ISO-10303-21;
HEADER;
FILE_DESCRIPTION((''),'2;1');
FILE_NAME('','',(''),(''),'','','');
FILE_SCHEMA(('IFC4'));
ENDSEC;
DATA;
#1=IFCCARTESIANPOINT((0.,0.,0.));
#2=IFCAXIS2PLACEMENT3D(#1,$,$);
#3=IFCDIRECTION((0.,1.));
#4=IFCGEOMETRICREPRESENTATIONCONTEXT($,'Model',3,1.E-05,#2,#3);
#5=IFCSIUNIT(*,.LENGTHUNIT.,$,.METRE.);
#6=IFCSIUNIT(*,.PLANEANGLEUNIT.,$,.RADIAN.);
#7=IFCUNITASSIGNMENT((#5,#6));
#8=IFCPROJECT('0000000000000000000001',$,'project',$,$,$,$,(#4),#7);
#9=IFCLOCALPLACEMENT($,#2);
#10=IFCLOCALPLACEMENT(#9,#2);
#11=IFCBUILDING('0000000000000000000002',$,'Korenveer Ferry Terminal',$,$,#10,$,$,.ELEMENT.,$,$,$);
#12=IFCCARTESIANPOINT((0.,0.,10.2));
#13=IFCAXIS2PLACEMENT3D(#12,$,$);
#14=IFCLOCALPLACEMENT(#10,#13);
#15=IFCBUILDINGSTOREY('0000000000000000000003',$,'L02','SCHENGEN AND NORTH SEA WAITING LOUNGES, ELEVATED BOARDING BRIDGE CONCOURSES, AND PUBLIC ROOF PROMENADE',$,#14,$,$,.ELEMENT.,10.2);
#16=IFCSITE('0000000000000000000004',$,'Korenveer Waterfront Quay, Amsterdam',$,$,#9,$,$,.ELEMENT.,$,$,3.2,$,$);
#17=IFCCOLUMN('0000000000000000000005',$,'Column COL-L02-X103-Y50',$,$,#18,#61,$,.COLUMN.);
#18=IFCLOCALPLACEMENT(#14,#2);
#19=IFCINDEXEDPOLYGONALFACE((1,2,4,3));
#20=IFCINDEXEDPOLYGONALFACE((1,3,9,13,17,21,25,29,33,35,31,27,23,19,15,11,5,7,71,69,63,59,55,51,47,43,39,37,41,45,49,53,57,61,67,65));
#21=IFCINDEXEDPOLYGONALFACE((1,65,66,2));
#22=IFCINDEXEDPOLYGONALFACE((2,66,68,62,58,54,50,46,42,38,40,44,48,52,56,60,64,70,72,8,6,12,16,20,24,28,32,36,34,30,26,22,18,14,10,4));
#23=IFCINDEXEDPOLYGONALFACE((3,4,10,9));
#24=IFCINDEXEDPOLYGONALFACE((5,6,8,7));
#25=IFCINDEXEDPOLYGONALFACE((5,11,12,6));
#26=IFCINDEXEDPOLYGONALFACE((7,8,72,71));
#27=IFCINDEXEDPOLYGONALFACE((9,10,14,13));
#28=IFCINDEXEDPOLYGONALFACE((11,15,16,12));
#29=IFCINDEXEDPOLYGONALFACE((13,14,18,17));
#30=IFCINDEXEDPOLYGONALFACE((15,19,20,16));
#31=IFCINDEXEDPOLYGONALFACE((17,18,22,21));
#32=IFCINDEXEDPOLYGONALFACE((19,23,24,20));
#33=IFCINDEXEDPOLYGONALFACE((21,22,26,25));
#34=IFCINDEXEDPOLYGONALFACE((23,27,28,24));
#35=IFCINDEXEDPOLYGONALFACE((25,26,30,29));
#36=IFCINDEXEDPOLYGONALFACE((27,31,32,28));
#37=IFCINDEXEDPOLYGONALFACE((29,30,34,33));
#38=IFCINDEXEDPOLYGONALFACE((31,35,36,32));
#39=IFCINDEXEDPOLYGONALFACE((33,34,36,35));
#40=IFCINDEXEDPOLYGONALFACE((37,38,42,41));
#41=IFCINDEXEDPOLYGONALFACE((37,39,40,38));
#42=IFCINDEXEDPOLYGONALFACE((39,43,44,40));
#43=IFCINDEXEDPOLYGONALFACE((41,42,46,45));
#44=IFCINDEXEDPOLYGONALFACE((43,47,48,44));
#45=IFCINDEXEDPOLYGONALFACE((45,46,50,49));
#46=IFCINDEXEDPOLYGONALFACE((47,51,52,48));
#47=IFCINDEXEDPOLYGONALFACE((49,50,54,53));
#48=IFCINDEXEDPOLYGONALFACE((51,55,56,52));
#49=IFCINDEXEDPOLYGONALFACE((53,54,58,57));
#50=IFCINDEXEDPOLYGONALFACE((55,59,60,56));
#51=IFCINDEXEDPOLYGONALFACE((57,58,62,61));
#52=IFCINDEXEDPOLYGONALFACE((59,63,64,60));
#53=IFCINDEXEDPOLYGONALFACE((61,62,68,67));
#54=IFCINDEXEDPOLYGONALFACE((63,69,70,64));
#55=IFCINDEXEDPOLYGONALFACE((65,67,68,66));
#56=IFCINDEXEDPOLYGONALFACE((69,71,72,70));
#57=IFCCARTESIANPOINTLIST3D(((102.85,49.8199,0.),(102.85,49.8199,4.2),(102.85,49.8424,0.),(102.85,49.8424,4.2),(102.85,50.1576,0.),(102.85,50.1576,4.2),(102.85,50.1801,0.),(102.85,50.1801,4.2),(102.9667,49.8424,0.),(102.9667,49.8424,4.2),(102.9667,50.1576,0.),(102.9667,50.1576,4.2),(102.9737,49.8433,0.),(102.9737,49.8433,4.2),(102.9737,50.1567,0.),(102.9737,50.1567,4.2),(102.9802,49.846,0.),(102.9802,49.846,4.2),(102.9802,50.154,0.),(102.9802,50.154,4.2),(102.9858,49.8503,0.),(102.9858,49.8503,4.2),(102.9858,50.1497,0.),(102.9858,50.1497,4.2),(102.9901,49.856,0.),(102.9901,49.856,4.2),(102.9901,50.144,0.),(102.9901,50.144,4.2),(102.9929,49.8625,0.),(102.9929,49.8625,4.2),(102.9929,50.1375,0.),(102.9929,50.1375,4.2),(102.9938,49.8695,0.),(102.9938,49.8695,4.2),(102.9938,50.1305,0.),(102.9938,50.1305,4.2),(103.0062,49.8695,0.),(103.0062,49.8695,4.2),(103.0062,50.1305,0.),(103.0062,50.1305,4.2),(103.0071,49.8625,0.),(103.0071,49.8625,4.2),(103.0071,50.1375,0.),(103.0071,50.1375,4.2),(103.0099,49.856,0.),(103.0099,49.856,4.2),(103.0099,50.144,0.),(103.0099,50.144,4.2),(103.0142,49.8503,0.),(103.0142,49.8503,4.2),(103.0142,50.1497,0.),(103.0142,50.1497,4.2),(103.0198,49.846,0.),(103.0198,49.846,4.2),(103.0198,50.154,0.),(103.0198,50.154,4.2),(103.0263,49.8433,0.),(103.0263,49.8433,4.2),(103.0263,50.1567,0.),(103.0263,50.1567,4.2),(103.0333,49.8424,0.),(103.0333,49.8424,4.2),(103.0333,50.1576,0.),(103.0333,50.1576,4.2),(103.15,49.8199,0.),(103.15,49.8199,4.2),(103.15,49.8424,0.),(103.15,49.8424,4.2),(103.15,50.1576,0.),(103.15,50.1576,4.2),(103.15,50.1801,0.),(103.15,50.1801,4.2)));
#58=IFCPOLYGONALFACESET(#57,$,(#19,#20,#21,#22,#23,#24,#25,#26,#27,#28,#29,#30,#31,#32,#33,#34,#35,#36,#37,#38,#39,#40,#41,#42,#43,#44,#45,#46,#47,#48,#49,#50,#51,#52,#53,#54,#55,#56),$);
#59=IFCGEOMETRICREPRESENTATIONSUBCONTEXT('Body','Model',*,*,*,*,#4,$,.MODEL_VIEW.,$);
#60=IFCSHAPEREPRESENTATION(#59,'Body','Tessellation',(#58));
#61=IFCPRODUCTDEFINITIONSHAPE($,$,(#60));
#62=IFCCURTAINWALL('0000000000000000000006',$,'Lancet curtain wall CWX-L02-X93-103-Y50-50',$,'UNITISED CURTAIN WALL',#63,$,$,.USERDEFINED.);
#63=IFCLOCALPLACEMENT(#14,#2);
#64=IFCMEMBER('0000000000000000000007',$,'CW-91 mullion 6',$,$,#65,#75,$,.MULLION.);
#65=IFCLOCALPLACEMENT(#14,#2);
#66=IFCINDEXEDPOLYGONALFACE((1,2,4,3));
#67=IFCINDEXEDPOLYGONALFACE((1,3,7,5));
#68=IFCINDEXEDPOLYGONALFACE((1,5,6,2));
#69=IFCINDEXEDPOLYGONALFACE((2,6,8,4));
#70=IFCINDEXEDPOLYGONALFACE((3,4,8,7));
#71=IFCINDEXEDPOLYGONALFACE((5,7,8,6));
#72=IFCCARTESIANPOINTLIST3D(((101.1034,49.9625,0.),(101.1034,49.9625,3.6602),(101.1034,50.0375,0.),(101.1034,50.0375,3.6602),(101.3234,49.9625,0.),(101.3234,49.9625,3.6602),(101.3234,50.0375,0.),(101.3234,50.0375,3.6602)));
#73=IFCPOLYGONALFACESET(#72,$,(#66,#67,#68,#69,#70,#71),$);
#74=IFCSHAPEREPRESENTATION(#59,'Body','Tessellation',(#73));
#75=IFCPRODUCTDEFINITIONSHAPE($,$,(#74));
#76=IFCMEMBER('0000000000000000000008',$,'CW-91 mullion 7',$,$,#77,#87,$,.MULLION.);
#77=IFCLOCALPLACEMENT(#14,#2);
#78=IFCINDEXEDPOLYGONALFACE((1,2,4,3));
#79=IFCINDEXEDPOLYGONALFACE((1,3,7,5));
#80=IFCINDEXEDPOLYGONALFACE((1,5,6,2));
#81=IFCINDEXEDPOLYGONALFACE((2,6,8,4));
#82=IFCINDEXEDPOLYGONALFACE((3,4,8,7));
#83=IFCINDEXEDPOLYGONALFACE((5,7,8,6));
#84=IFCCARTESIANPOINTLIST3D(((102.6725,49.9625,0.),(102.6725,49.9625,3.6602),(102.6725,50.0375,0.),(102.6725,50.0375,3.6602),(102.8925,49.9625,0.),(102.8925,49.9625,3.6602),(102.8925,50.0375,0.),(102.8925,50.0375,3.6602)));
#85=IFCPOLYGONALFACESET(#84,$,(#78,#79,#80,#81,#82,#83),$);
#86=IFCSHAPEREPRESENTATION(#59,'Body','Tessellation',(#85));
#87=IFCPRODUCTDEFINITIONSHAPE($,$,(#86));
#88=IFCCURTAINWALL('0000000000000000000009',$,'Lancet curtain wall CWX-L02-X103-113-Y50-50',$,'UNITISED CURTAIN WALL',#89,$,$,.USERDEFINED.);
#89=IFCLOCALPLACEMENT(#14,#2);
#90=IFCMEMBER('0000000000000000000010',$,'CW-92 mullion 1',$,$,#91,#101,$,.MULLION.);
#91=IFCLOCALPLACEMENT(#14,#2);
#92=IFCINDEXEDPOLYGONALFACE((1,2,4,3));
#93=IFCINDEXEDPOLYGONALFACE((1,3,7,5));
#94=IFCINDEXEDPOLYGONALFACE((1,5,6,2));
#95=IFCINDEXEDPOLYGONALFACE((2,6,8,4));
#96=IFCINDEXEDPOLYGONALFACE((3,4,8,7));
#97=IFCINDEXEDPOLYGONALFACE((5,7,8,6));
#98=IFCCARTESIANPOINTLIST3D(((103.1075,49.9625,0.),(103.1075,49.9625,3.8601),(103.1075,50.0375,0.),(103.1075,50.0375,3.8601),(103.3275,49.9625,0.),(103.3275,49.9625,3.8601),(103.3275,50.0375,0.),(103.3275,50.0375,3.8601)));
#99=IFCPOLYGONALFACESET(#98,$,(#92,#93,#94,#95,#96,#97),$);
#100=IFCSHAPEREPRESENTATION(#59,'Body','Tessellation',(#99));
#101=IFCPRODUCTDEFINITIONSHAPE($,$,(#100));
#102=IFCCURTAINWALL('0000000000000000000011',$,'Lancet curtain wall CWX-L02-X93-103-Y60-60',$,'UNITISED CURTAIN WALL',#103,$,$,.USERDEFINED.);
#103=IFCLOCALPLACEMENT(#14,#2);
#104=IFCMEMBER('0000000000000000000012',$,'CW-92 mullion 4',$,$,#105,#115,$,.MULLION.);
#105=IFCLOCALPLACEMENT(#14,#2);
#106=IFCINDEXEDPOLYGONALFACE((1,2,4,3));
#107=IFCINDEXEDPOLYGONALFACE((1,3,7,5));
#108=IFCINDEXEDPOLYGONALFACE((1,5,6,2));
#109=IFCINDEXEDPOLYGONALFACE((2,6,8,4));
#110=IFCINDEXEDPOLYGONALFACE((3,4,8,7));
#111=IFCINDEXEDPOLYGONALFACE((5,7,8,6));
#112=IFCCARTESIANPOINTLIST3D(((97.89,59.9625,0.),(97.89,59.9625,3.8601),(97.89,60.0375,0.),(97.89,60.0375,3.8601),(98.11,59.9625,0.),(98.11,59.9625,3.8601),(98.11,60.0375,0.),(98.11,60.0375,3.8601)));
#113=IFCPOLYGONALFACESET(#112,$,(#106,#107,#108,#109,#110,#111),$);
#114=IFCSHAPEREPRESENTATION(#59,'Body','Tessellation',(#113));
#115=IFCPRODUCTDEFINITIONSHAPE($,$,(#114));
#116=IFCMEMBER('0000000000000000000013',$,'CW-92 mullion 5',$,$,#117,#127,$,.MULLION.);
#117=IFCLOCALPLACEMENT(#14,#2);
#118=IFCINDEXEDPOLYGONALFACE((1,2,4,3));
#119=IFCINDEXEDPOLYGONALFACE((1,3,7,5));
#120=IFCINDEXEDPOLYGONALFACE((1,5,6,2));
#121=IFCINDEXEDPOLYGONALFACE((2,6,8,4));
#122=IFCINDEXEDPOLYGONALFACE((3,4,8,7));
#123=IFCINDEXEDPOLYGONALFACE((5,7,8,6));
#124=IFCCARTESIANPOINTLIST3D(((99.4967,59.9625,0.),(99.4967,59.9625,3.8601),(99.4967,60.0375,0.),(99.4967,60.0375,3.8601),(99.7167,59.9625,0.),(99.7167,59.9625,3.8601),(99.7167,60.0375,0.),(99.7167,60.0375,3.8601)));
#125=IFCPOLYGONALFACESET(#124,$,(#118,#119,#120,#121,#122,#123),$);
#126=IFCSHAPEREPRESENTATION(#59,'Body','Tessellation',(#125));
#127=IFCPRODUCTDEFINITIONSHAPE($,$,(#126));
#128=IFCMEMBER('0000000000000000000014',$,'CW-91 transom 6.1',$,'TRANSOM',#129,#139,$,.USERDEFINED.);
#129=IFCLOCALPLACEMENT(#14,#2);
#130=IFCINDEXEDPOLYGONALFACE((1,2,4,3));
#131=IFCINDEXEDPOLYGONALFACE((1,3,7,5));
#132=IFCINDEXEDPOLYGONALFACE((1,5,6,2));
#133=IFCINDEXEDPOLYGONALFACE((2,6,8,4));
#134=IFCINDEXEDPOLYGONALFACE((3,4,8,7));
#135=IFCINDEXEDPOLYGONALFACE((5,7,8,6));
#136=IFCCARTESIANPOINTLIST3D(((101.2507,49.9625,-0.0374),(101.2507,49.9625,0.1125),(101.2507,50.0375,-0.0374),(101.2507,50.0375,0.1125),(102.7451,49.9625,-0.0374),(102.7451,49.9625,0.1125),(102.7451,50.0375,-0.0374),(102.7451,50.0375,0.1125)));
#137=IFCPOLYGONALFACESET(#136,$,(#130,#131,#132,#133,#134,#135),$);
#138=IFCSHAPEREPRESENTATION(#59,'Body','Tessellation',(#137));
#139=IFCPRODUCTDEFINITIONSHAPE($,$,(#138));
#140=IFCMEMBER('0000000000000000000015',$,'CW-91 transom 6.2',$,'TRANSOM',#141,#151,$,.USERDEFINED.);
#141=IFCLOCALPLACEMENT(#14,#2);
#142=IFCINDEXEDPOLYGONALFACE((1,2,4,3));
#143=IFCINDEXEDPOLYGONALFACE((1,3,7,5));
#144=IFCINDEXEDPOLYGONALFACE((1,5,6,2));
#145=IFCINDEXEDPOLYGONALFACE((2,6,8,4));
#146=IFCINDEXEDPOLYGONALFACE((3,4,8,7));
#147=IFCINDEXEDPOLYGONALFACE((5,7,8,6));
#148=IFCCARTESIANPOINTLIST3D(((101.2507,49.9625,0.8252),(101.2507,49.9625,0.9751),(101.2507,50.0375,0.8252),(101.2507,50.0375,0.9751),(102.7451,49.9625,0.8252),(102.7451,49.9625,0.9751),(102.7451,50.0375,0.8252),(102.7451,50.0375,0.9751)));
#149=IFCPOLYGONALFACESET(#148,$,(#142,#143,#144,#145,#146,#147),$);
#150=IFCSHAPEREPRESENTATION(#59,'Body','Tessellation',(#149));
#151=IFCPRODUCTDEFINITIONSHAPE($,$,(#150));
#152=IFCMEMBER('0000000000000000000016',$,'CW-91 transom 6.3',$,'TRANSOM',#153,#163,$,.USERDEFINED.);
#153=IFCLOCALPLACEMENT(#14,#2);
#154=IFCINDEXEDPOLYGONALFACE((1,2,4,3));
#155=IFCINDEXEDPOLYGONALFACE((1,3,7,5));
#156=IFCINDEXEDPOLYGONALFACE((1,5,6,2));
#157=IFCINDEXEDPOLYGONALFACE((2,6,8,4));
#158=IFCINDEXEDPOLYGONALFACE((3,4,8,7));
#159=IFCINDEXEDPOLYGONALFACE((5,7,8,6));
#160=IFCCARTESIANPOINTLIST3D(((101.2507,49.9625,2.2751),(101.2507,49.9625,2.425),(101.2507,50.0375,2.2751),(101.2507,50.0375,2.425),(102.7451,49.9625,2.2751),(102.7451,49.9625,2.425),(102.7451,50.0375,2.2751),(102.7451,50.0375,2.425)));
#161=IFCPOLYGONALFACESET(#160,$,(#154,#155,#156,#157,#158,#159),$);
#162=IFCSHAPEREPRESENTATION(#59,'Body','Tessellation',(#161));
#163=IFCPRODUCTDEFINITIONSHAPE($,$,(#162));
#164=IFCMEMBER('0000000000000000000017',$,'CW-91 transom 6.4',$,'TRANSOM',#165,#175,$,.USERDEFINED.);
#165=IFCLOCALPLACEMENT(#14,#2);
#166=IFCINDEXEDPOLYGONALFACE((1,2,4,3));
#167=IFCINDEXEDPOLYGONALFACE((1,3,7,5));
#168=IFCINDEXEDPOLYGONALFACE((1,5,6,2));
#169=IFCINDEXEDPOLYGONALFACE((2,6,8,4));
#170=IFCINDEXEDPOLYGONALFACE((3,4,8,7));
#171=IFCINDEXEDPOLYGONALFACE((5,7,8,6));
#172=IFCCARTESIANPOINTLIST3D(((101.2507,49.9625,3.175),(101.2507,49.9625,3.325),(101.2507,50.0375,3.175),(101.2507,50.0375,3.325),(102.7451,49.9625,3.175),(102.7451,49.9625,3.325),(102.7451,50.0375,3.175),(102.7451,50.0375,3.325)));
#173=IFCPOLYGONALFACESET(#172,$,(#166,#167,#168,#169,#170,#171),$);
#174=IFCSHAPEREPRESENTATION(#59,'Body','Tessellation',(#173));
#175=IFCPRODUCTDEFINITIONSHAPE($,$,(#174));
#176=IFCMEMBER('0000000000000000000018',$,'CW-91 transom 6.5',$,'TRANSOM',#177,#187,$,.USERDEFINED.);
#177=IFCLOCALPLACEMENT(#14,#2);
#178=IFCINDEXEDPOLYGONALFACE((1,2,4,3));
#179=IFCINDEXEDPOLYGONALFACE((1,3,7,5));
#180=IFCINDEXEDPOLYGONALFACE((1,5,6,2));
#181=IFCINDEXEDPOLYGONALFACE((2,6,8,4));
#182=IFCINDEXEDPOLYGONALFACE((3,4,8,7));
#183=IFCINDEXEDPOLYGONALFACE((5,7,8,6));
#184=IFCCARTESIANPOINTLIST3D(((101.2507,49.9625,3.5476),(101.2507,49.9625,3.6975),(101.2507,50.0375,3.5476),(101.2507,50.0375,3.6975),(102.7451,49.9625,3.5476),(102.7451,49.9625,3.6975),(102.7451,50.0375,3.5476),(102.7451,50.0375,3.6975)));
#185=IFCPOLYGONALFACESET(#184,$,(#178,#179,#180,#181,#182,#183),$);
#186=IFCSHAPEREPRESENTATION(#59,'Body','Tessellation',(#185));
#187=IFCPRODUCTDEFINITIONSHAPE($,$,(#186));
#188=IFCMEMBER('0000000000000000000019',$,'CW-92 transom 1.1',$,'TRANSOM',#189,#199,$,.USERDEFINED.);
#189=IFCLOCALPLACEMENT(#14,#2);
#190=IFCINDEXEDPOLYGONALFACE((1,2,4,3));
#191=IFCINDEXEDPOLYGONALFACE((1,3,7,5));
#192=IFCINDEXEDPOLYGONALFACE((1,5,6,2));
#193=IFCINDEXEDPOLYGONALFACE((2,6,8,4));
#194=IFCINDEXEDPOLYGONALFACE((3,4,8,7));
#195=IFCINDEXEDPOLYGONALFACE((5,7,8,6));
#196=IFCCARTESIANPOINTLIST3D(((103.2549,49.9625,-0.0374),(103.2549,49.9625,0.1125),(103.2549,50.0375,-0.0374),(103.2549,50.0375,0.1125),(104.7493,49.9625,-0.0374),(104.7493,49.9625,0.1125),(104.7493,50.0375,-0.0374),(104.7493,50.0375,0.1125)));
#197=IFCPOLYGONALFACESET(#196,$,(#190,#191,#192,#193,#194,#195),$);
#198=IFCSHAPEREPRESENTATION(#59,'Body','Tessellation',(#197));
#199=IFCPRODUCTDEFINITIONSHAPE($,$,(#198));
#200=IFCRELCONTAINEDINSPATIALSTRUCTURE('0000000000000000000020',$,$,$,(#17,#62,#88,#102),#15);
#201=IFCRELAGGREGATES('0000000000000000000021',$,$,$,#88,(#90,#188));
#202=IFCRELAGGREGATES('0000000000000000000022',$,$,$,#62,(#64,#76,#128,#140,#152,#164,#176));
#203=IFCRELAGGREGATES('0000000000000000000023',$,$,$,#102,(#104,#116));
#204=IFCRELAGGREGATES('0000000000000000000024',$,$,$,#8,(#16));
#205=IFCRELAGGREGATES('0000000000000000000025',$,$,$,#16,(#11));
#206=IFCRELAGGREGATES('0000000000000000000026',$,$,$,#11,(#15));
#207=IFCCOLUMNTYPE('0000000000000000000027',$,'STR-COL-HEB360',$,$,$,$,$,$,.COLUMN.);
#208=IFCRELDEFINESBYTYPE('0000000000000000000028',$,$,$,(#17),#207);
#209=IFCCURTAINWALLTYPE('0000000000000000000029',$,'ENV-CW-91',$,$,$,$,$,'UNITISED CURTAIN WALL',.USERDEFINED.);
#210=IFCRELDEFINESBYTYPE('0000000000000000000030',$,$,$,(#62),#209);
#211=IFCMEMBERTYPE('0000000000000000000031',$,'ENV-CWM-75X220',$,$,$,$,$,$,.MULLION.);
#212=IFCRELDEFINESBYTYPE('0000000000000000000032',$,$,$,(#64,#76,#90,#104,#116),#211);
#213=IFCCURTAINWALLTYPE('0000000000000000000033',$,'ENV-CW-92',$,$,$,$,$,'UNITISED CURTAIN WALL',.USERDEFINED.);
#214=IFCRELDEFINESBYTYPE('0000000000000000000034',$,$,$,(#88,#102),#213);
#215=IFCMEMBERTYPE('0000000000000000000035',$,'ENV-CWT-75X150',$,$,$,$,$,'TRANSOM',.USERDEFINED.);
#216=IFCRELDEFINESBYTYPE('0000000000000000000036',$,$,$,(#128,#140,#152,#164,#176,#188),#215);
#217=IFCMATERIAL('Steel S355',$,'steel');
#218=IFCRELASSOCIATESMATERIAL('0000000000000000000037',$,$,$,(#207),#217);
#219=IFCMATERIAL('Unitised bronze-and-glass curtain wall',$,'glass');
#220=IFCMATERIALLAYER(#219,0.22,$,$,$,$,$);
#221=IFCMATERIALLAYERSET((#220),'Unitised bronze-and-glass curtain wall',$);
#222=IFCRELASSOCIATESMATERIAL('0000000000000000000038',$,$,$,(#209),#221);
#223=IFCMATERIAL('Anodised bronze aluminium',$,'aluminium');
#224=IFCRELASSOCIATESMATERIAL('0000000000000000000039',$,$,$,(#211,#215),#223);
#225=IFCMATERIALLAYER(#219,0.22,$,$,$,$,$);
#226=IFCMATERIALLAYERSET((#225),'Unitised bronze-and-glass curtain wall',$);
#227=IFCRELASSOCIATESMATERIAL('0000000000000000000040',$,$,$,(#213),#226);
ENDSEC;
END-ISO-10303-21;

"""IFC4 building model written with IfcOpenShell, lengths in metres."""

from ifc_helpers import new_model, si_unit, direction, frame, origin, origin_2d, place, context, subcontext, project, spatial, rectangle, i_section, extrude, material, layer, layer_set, material_profile, profile_set, type_object, element, aggregate, save


model = new_model("IFC4")

# Units and contexts
model_context = context("Model", 3, precision=1e-05, world=origin(), true_north=direction((0.0, 1.0)))
body_context = subcontext(model_context, "Body", "Model", "MODEL_VIEW")
ifc_project = project(units=[si_unit("LENGTHUNIT", "METRE"), si_unit("PLANEANGLEUNIT", "RADIAN")], contexts=[model_context])

# Site, building, storey
site_placement = place(None, origin())
site = spatial("IfcSite", under=ifc_project, at=site_placement, Name="Korenveer Waterfront Quay, Amsterdam", CompositionType="ELEMENT", RefElevation=3.2)
building_placement = place(site_placement, origin())
building = spatial("IfcBuilding", under=site, at=building_placement, Name="Korenveer Ferry Terminal", CompositionType="ELEMENT")
storey_placement = place(building_placement, frame((0.0, 0.0, 10.2)))
storey = spatial("IfcBuildingStorey", under=building, at=storey_placement, Name="L02", Description="SCHENGEN AND NORTH SEA WAITING LOUNGES, ELEVATED BOARDING BRIDGE CONCOURSES, AND PUBLIC ROOF PROMENADE", CompositionType="ELEMENT", Elevation=10.2)

# Column
ifc_material_1 = material(Name="Steel S355", Category="steel")
ifc_material_profile_1 = material_profile(ifc_material_1, i_section(OverallWidth=0.3, OverallDepth=0.3601, WebThickness=0.0125, FlangeThickness=0.0225, FilletRadius=0.0271, at=origin_2d()), Name="HEB 360")
ifc_profile_set_1 = profile_set([ifc_material_profile_1], Name="Steel S355")
column_type = type_object("IfcColumnType", Name="STR-COL-HEB360", PredefinedType="COLUMN", material=ifc_profile_set_1)
column_placement = place(storey_placement, frame((103.0, 50.0, 0.0), z_axis=(0.0, 0.0, 1.0), x_axis=(1.0, 0.0, 0.0)))
element("IfcColumn", 1, at=column_placement, inside=storey, type_object=column_type, Name="Column COL-L02-X103-Y50", PredefinedType="COLUMN", context=body_context, shape_type="SweptSolid", body=[
    extrude(i_section(OverallWidth=0.3, OverallDepth=0.3601, WebThickness=0.0125, FlangeThickness=0.0225, FilletRadius=0.0271, at=origin_2d()), origin(), (0.0, 0.0, 1.0), 4.2),
])

# Curtain wall, members
ifc_material_2 = material(Name="Unitised bronze-and-glass curtain wall", Category="glass")
ifc_layer_1 = layer(ifc_material_2, 0.22)
ifc_layer_set_1 = layer_set([ifc_layer_1], Name="Unitised bronze-and-glass curtain wall")
curtain_wall_type_1 = type_object("IfcCurtainWallType", Name="ENV-CW-91", ElementType="UNITISED CURTAIN WALL", PredefinedType="USERDEFINED", material=ifc_layer_set_1)
curtain_wall_1_placement = place(storey_placement, frame((93.1799, 50.0, 0.0)))
curtain_wall_1 = element("IfcCurtainWall", 2, at=curtain_wall_1_placement, inside=storey, type_object=curtain_wall_type_1, Name="Lancet curtain wall CWX-L02-X93-103-Y50-50", ObjectType="UNITISED CURTAIN WALL", PredefinedType="USERDEFINED")
ifc_material_3 = material(Name="Anodised bronze aluminium", Category="aluminium")
ifc_material_profile_2 = material_profile(ifc_material_3, rectangle(XDim=0.075, YDim=0.22, at=origin_2d()), Name="ALU 75x220")
ifc_profile_set_2 = profile_set([ifc_material_profile_2], Name="Anodised bronze aluminium")
member_type_1 = type_object("IfcMemberType", Name="ENV-CWM-75X220", PredefinedType="MULLION", material=ifc_profile_set_2)
member_1_placement = place(storey_placement, frame((101.2134, 50.0, 0.0), z_axis=(0.0, 0.0, 1.0), x_axis=(0.0, 1.0, 0.0)))
member_1 = element("IfcMember", 3, at=member_1_placement, type_object=member_type_1, Name="CW-91 mullion 6", PredefinedType="MULLION", context=body_context, shape_type="SweptSolid", body=[
    extrude(rectangle(XDim=0.075, YDim=0.22, at=origin_2d()), origin(), (0.0, 0.0, 1.0), 3.6602),
])
member_2_placement = place(storey_placement, frame((102.7825, 50.0, 0.0), z_axis=(0.0, 0.0, 1.0), x_axis=(0.0, 1.0, 0.0)))
member_2 = element("IfcMember", 4, at=member_2_placement, type_object=member_type_1, Name="CW-91 mullion 7", PredefinedType="MULLION", context=body_context, shape_type="SweptSolid", body=[
    extrude(rectangle(XDim=0.075, YDim=0.22, at=origin_2d()), origin(), (0.0, 0.0, 1.0), 3.6602),
])

# Curtain wall, member
ifc_layer_2 = layer(ifc_material_2, 0.22)
ifc_layer_set_2 = layer_set([ifc_layer_2], Name="Unitised bronze-and-glass curtain wall")
curtain_wall_type_2 = type_object("IfcCurtainWallType", Name="ENV-CW-92", ElementType="UNITISED CURTAIN WALL", PredefinedType="USERDEFINED", material=ifc_layer_set_2)
curtain_wall_2_placement = place(storey_placement, frame((103.1799, 50.0, 0.0)))
curtain_wall_2 = element("IfcCurtainWall", 5, at=curtain_wall_2_placement, inside=storey, type_object=curtain_wall_type_2, Name="Lancet curtain wall CWX-L02-X103-113-Y50-50", ObjectType="UNITISED CURTAIN WALL", PredefinedType="USERDEFINED")
member_3_placement = place(storey_placement, frame((103.2175, 50.0, 0.0), z_axis=(0.0, 0.0, 1.0), x_axis=(0.0, 1.0, 0.0)))
member_3 = element("IfcMember", 6, at=member_3_placement, type_object=member_type_1, Name="CW-92 mullion 1", PredefinedType="MULLION", context=body_context, shape_type="SweptSolid", body=[
    extrude(rectangle(XDim=0.075, YDim=0.22, at=origin_2d()), origin(), (0.0, 0.0, 1.0), 3.8601),
])

# Curtain wall, members
curtain_wall_3_placement = place(storey_placement, frame((93.1799, 60.0, 0.0)))
curtain_wall_3 = element("IfcCurtainWall", 7, at=curtain_wall_3_placement, inside=storey, type_object=curtain_wall_type_2, Name="Lancet curtain wall CWX-L02-X93-103-Y60-60", ObjectType="UNITISED CURTAIN WALL", PredefinedType="USERDEFINED")
member_4_placement = place(storey_placement, frame((98.0, 60.0, 0.0), z_axis=(0.0, 0.0, 1.0), x_axis=(0.0, 1.0, 0.0)))
member_4 = element("IfcMember", 8, at=member_4_placement, type_object=member_type_1, Name="CW-92 mullion 4", PredefinedType="MULLION", context=body_context, shape_type="SweptSolid", body=[
    extrude(rectangle(XDim=0.075, YDim=0.22, at=origin_2d()), origin(), (0.0, 0.0, 1.0), 3.8601),
])
member_5_placement = place(storey_placement, frame((99.6067, 60.0, 0.0), z_axis=(0.0, 0.0, 1.0), x_axis=(0.0, 1.0, 0.0)))
member_5 = element("IfcMember", 9, at=member_5_placement, type_object=member_type_1, Name="CW-92 mullion 5", PredefinedType="MULLION", context=body_context, shape_type="SweptSolid", body=[
    extrude(rectangle(XDim=0.075, YDim=0.22, at=origin_2d()), origin(), (0.0, 0.0, 1.0), 3.8601),
])

# Members
ifc_material_profile_3 = material_profile(ifc_material_3, rectangle(XDim=0.075, YDim=0.1499, at=origin_2d()), Name="ALU 75x150")
ifc_profile_set_3 = profile_set([ifc_material_profile_3], Name="Anodised bronze aluminium")
member_type_2 = type_object("IfcMemberType", Name="ENV-CWT-75X150", ElementType="TRANSOM", PredefinedType="USERDEFINED", material=ifc_profile_set_3)
member_6_placement = place(storey_placement, frame((101.2507, 50.0, 0.0376), z_axis=(1.0, 0.0, 0.0), x_axis=(0.0, 1.0, 0.0)))
member_6 = element("IfcMember", 10, at=member_6_placement, type_object=member_type_2, Name="CW-91 transom 6.1", ObjectType="TRANSOM", PredefinedType="USERDEFINED", context=body_context, shape_type="SweptSolid", body=[
    extrude(rectangle(XDim=0.075, YDim=0.1499, at=origin_2d()), origin(), (0.0, 0.0, 1.0), 1.4944),
])
member_7_placement = place(storey_placement, frame((101.2507, 50.0, 0.9001), z_axis=(1.0, 0.0, 0.0), x_axis=(0.0, 1.0, 0.0)))
member_7 = element("IfcMember", 11, at=member_7_placement, type_object=member_type_2, Name="CW-91 transom 6.2", ObjectType="TRANSOM", PredefinedType="USERDEFINED", context=body_context, shape_type="SweptSolid", body=[
    extrude(rectangle(XDim=0.075, YDim=0.1499, at=origin_2d()), origin(), (0.0, 0.0, 1.0), 1.4944),
])
member_8_placement = place(storey_placement, frame((101.2507, 50.0, 2.3501), z_axis=(1.0, 0.0, 0.0), x_axis=(0.0, 1.0, 0.0)))
member_8 = element("IfcMember", 12, at=member_8_placement, type_object=member_type_2, Name="CW-91 transom 6.3", ObjectType="TRANSOM", PredefinedType="USERDEFINED", context=body_context, shape_type="SweptSolid", body=[
    extrude(rectangle(XDim=0.075, YDim=0.1499, at=origin_2d()), origin(), (0.0, 0.0, 1.0), 1.4944),
])
member_9_placement = place(storey_placement, frame((101.2507, 50.0, 3.25), z_axis=(1.0, 0.0, 0.0), x_axis=(0.0, 1.0, 0.0)))
member_9 = element("IfcMember", 13, at=member_9_placement, type_object=member_type_2, Name="CW-91 transom 6.4", ObjectType="TRANSOM", PredefinedType="USERDEFINED", context=body_context, shape_type="SweptSolid", body=[
    extrude(rectangle(XDim=0.075, YDim=0.1499, at=origin_2d()), origin(), (0.0, 0.0, 1.0), 1.4944),
])
member_10_placement = place(storey_placement, frame((101.2507, 50.0, 3.6226), z_axis=(1.0, 0.0, 0.0), x_axis=(0.0, 1.0, 0.0)))
member_10 = element("IfcMember", 14, at=member_10_placement, type_object=member_type_2, Name="CW-91 transom 6.5", ObjectType="TRANSOM", PredefinedType="USERDEFINED", context=body_context, shape_type="SweptSolid", body=[
    extrude(rectangle(XDim=0.075, YDim=0.1499, at=origin_2d()), origin(), (0.0, 0.0, 1.0), 1.4944),
])
member_11_placement = place(storey_placement, frame((103.2549, 50.0, 0.0376), z_axis=(1.0, 0.0, 0.0), x_axis=(0.0, 1.0, 0.0)))
member_11 = element("IfcMember", 15, at=member_11_placement, type_object=member_type_2, Name="CW-92 transom 1.1", ObjectType="TRANSOM", PredefinedType="USERDEFINED", context=body_context, shape_type="SweptSolid", body=[
    extrude(rectangle(XDim=0.075, YDim=0.1499, at=origin_2d()), origin(), (0.0, 0.0, 1.0), 1.4944),
])
aggregate(curtain_wall_2, [member_3, member_11])

aggregate(curtain_wall_1, [member_1, member_2, member_6, member_7, member_8, member_9, member_10])
aggregate(curtain_wall_3, [member_4, member_5])

save(model, "model.ifc")
